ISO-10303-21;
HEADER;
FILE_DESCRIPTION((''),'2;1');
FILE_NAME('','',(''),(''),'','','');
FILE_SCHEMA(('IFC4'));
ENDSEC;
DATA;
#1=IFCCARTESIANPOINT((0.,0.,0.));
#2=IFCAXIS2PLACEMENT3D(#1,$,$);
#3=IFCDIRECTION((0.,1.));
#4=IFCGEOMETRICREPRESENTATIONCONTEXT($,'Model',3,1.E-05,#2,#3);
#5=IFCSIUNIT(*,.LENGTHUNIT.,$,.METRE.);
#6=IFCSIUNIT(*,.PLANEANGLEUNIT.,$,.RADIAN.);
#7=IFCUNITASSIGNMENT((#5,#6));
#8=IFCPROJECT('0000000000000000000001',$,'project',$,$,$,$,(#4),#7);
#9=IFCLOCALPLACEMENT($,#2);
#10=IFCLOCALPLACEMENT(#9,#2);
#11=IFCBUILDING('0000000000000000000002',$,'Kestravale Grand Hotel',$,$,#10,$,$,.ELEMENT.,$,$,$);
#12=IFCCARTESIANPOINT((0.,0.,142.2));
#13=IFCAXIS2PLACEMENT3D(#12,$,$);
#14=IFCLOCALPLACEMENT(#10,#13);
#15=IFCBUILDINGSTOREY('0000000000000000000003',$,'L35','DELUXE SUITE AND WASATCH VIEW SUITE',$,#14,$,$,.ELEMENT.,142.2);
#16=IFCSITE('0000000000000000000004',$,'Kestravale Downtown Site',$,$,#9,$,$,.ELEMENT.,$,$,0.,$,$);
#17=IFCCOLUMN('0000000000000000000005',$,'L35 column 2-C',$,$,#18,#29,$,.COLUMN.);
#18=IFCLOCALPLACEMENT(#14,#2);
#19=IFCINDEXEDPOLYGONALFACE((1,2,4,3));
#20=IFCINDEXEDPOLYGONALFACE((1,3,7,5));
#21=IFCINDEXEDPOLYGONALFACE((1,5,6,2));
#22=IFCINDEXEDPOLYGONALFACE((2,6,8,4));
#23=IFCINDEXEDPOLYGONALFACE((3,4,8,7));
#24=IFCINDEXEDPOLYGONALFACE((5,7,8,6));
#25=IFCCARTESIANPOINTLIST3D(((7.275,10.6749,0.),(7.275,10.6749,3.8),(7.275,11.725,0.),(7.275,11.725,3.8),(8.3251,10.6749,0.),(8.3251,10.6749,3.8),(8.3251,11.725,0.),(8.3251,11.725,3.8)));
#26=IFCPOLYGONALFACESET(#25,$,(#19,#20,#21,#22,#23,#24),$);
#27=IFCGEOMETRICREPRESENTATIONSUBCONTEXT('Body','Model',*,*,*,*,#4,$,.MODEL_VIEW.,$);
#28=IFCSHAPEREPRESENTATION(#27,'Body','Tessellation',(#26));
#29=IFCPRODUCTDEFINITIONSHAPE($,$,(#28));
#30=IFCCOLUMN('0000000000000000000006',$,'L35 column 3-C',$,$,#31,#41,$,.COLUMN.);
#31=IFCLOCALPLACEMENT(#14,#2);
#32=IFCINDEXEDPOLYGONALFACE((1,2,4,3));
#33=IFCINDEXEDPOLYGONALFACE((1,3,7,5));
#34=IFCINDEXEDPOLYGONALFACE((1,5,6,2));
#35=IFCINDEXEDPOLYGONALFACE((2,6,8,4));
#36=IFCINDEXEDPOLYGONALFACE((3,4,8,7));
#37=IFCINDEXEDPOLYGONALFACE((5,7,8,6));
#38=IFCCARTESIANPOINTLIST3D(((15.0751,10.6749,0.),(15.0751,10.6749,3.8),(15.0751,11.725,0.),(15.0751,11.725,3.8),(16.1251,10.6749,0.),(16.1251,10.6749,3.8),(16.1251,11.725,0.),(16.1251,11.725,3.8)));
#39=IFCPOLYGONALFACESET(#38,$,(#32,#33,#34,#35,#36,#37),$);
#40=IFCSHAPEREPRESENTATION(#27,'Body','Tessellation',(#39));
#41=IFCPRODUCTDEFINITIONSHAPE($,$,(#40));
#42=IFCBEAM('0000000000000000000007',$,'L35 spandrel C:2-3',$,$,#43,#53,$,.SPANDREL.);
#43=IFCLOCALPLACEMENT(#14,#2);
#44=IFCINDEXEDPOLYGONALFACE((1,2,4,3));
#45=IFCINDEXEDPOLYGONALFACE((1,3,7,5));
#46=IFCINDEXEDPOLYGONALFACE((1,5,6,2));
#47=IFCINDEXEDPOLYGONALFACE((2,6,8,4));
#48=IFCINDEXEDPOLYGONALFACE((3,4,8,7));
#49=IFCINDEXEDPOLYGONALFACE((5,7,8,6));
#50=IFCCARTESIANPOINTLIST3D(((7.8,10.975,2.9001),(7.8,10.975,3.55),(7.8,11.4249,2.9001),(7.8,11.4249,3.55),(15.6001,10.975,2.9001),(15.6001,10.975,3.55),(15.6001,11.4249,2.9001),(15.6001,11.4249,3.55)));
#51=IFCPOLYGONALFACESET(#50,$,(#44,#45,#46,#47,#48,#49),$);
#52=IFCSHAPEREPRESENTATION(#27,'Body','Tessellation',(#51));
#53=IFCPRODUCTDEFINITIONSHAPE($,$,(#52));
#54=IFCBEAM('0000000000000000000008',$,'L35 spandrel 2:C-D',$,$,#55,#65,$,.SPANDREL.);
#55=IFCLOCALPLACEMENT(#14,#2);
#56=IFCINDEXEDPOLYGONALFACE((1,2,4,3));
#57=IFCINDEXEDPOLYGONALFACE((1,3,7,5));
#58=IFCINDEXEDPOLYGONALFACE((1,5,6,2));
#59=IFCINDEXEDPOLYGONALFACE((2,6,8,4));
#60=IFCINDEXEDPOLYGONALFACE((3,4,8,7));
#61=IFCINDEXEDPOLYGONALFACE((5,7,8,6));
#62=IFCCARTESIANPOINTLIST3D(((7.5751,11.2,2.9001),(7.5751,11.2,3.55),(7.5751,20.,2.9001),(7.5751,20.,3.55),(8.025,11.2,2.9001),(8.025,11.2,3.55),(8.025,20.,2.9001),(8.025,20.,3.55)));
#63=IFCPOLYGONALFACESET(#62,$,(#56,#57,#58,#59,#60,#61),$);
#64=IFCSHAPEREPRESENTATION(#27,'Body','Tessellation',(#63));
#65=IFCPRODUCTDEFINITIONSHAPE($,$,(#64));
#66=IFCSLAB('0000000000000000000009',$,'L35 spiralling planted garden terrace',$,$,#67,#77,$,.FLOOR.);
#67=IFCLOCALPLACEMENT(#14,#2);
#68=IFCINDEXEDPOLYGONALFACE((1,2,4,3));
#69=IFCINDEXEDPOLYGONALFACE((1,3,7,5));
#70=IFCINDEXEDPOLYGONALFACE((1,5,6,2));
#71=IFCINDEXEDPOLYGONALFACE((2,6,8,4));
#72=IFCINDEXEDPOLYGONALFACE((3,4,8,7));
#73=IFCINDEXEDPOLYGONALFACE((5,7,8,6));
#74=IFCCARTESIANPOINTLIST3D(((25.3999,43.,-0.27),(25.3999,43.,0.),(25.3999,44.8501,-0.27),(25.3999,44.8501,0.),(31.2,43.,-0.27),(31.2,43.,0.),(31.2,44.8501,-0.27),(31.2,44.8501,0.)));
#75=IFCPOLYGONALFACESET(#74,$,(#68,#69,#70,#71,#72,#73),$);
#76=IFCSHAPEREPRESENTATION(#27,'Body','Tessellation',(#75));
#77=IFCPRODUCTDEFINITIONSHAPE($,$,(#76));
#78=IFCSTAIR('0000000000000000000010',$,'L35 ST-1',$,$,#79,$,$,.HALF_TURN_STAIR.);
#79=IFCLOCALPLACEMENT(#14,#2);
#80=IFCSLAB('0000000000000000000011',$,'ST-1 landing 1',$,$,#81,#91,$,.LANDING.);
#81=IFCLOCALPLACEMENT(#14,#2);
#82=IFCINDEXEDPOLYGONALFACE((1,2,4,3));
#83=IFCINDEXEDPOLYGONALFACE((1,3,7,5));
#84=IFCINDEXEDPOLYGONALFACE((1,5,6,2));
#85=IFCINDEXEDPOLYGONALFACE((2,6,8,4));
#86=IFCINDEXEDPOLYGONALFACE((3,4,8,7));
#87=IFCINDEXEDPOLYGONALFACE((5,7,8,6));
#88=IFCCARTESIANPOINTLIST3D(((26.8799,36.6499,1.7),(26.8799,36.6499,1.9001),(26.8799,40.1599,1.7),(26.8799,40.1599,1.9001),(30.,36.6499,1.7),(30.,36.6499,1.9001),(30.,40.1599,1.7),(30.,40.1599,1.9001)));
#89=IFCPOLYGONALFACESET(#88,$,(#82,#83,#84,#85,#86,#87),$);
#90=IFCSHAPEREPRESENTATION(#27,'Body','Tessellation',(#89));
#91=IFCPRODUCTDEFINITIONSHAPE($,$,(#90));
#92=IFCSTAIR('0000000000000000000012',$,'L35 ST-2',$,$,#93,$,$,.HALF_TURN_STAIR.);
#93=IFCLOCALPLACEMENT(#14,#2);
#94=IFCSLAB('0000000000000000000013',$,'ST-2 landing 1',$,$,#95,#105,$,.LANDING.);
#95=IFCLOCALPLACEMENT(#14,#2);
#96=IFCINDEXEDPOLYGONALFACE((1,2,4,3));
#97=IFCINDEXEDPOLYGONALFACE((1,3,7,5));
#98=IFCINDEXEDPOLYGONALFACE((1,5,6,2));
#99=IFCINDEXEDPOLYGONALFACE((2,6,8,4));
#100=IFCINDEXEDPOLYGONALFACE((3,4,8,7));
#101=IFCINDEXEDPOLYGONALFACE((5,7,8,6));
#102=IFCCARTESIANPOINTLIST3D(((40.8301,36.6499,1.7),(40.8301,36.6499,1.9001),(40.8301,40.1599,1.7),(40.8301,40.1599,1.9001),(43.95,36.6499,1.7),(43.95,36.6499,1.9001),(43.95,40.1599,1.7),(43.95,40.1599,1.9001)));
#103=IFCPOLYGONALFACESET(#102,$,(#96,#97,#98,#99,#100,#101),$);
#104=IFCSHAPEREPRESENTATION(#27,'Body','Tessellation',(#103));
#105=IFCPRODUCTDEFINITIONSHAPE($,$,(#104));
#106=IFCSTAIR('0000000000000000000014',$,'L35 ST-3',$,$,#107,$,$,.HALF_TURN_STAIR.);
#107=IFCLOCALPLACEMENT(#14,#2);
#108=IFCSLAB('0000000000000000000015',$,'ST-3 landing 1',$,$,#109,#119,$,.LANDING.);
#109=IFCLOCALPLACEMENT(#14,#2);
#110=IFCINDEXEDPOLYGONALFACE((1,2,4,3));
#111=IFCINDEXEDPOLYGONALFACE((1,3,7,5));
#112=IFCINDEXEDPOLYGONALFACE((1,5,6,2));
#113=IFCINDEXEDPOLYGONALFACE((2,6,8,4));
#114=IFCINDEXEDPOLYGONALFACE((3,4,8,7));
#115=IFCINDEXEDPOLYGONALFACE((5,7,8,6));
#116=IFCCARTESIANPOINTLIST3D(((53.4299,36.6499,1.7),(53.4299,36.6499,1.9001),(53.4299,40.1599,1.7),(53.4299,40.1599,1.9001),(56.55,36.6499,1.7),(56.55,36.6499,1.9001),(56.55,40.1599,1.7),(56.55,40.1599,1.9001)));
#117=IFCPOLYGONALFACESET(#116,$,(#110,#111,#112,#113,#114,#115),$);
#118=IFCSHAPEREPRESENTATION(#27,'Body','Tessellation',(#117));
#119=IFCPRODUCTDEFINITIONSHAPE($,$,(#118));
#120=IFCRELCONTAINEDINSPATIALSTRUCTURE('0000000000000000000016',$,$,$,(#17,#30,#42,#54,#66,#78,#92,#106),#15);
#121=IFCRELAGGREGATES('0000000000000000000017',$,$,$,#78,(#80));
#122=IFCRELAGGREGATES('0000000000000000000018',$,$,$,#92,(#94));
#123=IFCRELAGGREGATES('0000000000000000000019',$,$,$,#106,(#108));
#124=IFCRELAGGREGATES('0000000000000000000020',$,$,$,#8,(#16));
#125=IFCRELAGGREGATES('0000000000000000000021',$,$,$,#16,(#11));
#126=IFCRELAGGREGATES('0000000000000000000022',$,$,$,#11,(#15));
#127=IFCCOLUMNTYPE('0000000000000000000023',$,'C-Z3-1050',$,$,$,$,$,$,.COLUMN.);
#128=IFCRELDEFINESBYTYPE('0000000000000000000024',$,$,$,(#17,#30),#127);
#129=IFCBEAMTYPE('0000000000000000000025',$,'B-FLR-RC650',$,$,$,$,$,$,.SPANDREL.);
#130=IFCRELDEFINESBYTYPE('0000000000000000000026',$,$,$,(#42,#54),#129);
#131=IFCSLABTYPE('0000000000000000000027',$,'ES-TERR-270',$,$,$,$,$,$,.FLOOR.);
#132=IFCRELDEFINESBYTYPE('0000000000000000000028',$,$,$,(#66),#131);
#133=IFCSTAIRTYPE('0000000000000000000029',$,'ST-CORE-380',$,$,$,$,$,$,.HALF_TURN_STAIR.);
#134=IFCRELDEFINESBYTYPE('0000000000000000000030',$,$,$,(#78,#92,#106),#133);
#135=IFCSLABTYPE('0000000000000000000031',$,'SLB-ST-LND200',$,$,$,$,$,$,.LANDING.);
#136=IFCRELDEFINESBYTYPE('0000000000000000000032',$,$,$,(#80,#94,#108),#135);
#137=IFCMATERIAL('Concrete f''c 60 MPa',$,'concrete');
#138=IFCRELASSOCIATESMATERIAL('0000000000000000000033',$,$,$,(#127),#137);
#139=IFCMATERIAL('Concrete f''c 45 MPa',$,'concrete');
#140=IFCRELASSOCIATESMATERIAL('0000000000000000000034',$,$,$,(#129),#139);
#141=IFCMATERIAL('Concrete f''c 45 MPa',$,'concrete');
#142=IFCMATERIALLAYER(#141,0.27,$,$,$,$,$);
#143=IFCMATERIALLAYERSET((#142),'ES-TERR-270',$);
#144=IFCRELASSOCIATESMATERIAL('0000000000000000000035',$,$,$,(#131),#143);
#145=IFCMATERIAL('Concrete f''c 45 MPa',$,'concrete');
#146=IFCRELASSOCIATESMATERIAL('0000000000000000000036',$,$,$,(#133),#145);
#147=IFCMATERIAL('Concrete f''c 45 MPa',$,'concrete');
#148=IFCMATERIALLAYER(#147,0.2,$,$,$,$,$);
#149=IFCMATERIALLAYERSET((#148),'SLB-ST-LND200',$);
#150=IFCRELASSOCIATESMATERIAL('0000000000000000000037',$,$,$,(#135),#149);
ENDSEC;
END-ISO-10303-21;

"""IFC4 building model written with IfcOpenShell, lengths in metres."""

from ifc_helpers import new_model, si_unit, direction, frame, origin, origin_2d, place, context, subcontext, project, spatial, polyline, rectangle, outline, extrude, material, layer, layer_set, material_profile, profile_set, type_object, element, aggregate, save


model = new_model("IFC4")

# Units and contexts
model_context = context("Model", 3, precision=1e-05, world=origin(), true_north=direction((0.0, 1.0)))
body_context = subcontext(model_context, "Body", "Model", "MODEL_VIEW")
ifc_project = project(units=[si_unit("LENGTHUNIT", "METRE"), si_unit("PLANEANGLEUNIT", "RADIAN")], contexts=[model_context])

# Site, building, storey
site_placement = place(None, origin())
site = spatial("IfcSite", under=ifc_project, at=site_placement, Name="Kestravale Downtown Site", CompositionType="ELEMENT", RefElevation=0.0)
building_placement = place(site_placement, origin())
building = spatial("IfcBuilding", under=site, at=building_placement, Name="Kestravale Grand Hotel", CompositionType="ELEMENT")
storey_placement = place(building_placement, frame((0.0, 0.0, 142.2)))
storey = spatial("IfcBuildingStorey", under=building, at=storey_placement, Name="L35", Description="DELUXE SUITE AND WASATCH VIEW SUITE", CompositionType="ELEMENT", Elevation=142.2)

# Columns
ifc_material_1 = material(Name="Concrete f'c 60 MPa", Category="concrete")
ifc_material_profile_1 = material_profile(ifc_material_1, rectangle(XDim=1.05, YDim=1.05, at=origin_2d()))
ifc_profile_set_1 = profile_set([ifc_material_profile_1], Name="Concrete f'c 60 MPa")
column_type = type_object("IfcColumnType", Name="C-Z3-1050", PredefinedType="COLUMN", material=ifc_profile_set_1)
for number, where, z_axis, x_axis, name in (
    (1, (7.8, 11.2, 0.0), (0.0, 0.0, 1.0), (1.0, 0.0, 0.0), "L35 column 2-C"),
    (2, (15.6001, 11.2, 0.0), (0.0, 0.0, 1.0), (1.0, 0.0, 0.0), "L35 column 3-C"),
):
    element("IfcColumn", number, at=place(storey_placement, frame(where, z_axis=z_axis, x_axis=x_axis)), inside=storey, type_object=column_type, Name=name, PredefinedType="COLUMN", context=body_context, shape_type="SweptSolid", body=[
        extrude(rectangle(XDim=1.05, YDim=1.05, at=origin_2d()), origin(), (0.0, 0.0, 1.0), 3.8),
    ])

# Beams
ifc_material_2 = material(Name="Concrete f'c 45 MPa", Category="concrete")
ifc_material_profile_2 = material_profile(ifc_material_2, rectangle(XDim=0.45, YDim=0.6499, at=origin_2d()))
ifc_profile_set_2 = profile_set([ifc_material_profile_2], Name="Concrete f'c 45 MPa")
beam_type = type_object("IfcBeamType", Name="B-FLR-RC650", PredefinedType="SPANDREL", material=ifc_profile_set_2)
beam_1_placement = place(storey_placement, frame((7.8, 11.2, 3.2251), z_axis=(1.0, 0.0, 0.0), x_axis=(0.0, 1.0, 0.0)))
element("IfcBeam", 3, at=beam_1_placement, inside=storey, type_object=beam_type, Name="L35 spandrel C:2-3", PredefinedType="SPANDREL", context=body_context, shape_type="SweptSolid", body=[
    extrude(rectangle(XDim=0.45, YDim=0.6499, at=origin_2d()), origin(), (0.0, 0.0, 1.0), 7.8),
])
beam_2_placement = place(storey_placement, frame((7.8, 11.2, 3.2251), z_axis=(0.0, 1.0, 0.0), x_axis=(-1.0, 0.0, 0.0)))
element("IfcBeam", 4, at=beam_2_placement, inside=storey, type_object=beam_type, Name="L35 spandrel 2:C-D", PredefinedType="SPANDREL", context=body_context, shape_type="SweptSolid", body=[
    extrude(rectangle(XDim=0.45, YDim=0.6499, at=origin_2d()), origin(), (0.0, 0.0, 1.0), 8.8),
])

# Slab
ifc_material_3 = material(Name="Concrete f'c 45 MPa", Category="concrete")
ifc_layer_1 = layer(ifc_material_3, 0.27)
ifc_layer_set_1 = layer_set([ifc_layer_1], Name="ES-TERR-270")
slab_type_1 = type_object("IfcSlabType", Name="ES-TERR-270", PredefinedType="FLOOR", material=ifc_layer_set_1)
slab_1_placement = place(storey_placement, frame((0.0, 0.0, -0.27)))
element("IfcSlab", 5, at=slab_1_placement, inside=storey, type_object=slab_type_1, Name="L35 spiralling planted garden terrace", PredefinedType="FLOOR", context=body_context, shape_type="SweptSolid", body=[
    extrude(outline(polyline([(25.3999, 43.0), (31.2, 43.0), (31.2, 44.8501), (25.3999, 44.8501), (25.3999, 43.0)])), origin(), (0.0, 0.0, 1.0), 0.27),
])

# Stairs, slabs
ifc_material_4 = material(Name="Concrete f'c 45 MPa", Category="concrete")
stair_type = type_object("IfcStairType", Name="ST-CORE-380", PredefinedType="HALF_TURN_STAIR", material=ifc_material_4)
stair_1_placement = place(storey_placement, origin())
stair_1 = element("IfcStair", 6, at=stair_1_placement, inside=storey, type_object=stair_type, Name="L35 ST-1", PredefinedType="HALF_TURN_STAIR")
ifc_material_5 = material(Name="Concrete f'c 45 MPa", Category="concrete")
ifc_layer_2 = layer(ifc_material_5, 0.2)
ifc_layer_set_2 = layer_set([ifc_layer_2], Name="SLB-ST-LND200")
slab_type_2 = type_object("IfcSlabType", Name="SLB-ST-LND200", PredefinedType="LANDING", material=ifc_layer_set_2)
slab_2_placement = place(storey_placement, frame((0.0, 0.0, 1.7)))
slab_2 = element("IfcSlab", 7, at=slab_2_placement, type_object=slab_type_2, Name="ST-1 landing 1", PredefinedType="LANDING", context=body_context, shape_type="SweptSolid", body=[
    extrude(outline(polyline([(26.8799, 36.6499), (30.0, 36.6499), (30.0, 40.1599), (26.8799, 40.1599), (26.8799, 36.6499)])), origin(), (0.0, 0.0, 1.0), 0.2002),
])
aggregate(stair_1, [slab_2])
stair_2_placement = place(storey_placement, origin())
stair_2 = element("IfcStair", 8, at=stair_2_placement, inside=storey, type_object=stair_type, Name="L35 ST-2", PredefinedType="HALF_TURN_STAIR")
slab_3_placement = place(storey_placement, frame((0.0, 0.0, 1.7)))
slab_3 = element("IfcSlab", 9, at=slab_3_placement, type_object=slab_type_2, Name="ST-2 landing 1", PredefinedType="LANDING", context=body_context, shape_type="SweptSolid", body=[
    extrude(outline(polyline([(40.8301, 36.6499), (43.95, 36.6499), (43.95, 40.1599), (40.8301, 40.1599), (40.8301, 36.6499)])), origin(), (0.0, 0.0, 1.0), 0.2002),
])
aggregate(stair_2, [slab_3])
stair_3_placement = place(storey_placement, origin())
stair_3 = element("IfcStair", 10, at=stair_3_placement, inside=storey, type_object=stair_type, Name="L35 ST-3", PredefinedType="HALF_TURN_STAIR")
slab_4_placement = place(storey_placement, frame((0.0, 0.0, 1.7)))
slab_4 = element("IfcSlab", 11, at=slab_4_placement, type_object=slab_type_2, Name="ST-3 landing 1", PredefinedType="LANDING", context=body_context, shape_type="SweptSolid", body=[
    extrude(outline(polyline([(53.4299, 36.6499), (56.55, 36.6499), (56.55, 40.1599), (53.4299, 40.1599), (53.4299, 36.6499)])), origin(), (0.0, 0.0, 1.0), 0.2002),
])
aggregate(stair_3, [slab_4])

save(model, "model.ifc")
